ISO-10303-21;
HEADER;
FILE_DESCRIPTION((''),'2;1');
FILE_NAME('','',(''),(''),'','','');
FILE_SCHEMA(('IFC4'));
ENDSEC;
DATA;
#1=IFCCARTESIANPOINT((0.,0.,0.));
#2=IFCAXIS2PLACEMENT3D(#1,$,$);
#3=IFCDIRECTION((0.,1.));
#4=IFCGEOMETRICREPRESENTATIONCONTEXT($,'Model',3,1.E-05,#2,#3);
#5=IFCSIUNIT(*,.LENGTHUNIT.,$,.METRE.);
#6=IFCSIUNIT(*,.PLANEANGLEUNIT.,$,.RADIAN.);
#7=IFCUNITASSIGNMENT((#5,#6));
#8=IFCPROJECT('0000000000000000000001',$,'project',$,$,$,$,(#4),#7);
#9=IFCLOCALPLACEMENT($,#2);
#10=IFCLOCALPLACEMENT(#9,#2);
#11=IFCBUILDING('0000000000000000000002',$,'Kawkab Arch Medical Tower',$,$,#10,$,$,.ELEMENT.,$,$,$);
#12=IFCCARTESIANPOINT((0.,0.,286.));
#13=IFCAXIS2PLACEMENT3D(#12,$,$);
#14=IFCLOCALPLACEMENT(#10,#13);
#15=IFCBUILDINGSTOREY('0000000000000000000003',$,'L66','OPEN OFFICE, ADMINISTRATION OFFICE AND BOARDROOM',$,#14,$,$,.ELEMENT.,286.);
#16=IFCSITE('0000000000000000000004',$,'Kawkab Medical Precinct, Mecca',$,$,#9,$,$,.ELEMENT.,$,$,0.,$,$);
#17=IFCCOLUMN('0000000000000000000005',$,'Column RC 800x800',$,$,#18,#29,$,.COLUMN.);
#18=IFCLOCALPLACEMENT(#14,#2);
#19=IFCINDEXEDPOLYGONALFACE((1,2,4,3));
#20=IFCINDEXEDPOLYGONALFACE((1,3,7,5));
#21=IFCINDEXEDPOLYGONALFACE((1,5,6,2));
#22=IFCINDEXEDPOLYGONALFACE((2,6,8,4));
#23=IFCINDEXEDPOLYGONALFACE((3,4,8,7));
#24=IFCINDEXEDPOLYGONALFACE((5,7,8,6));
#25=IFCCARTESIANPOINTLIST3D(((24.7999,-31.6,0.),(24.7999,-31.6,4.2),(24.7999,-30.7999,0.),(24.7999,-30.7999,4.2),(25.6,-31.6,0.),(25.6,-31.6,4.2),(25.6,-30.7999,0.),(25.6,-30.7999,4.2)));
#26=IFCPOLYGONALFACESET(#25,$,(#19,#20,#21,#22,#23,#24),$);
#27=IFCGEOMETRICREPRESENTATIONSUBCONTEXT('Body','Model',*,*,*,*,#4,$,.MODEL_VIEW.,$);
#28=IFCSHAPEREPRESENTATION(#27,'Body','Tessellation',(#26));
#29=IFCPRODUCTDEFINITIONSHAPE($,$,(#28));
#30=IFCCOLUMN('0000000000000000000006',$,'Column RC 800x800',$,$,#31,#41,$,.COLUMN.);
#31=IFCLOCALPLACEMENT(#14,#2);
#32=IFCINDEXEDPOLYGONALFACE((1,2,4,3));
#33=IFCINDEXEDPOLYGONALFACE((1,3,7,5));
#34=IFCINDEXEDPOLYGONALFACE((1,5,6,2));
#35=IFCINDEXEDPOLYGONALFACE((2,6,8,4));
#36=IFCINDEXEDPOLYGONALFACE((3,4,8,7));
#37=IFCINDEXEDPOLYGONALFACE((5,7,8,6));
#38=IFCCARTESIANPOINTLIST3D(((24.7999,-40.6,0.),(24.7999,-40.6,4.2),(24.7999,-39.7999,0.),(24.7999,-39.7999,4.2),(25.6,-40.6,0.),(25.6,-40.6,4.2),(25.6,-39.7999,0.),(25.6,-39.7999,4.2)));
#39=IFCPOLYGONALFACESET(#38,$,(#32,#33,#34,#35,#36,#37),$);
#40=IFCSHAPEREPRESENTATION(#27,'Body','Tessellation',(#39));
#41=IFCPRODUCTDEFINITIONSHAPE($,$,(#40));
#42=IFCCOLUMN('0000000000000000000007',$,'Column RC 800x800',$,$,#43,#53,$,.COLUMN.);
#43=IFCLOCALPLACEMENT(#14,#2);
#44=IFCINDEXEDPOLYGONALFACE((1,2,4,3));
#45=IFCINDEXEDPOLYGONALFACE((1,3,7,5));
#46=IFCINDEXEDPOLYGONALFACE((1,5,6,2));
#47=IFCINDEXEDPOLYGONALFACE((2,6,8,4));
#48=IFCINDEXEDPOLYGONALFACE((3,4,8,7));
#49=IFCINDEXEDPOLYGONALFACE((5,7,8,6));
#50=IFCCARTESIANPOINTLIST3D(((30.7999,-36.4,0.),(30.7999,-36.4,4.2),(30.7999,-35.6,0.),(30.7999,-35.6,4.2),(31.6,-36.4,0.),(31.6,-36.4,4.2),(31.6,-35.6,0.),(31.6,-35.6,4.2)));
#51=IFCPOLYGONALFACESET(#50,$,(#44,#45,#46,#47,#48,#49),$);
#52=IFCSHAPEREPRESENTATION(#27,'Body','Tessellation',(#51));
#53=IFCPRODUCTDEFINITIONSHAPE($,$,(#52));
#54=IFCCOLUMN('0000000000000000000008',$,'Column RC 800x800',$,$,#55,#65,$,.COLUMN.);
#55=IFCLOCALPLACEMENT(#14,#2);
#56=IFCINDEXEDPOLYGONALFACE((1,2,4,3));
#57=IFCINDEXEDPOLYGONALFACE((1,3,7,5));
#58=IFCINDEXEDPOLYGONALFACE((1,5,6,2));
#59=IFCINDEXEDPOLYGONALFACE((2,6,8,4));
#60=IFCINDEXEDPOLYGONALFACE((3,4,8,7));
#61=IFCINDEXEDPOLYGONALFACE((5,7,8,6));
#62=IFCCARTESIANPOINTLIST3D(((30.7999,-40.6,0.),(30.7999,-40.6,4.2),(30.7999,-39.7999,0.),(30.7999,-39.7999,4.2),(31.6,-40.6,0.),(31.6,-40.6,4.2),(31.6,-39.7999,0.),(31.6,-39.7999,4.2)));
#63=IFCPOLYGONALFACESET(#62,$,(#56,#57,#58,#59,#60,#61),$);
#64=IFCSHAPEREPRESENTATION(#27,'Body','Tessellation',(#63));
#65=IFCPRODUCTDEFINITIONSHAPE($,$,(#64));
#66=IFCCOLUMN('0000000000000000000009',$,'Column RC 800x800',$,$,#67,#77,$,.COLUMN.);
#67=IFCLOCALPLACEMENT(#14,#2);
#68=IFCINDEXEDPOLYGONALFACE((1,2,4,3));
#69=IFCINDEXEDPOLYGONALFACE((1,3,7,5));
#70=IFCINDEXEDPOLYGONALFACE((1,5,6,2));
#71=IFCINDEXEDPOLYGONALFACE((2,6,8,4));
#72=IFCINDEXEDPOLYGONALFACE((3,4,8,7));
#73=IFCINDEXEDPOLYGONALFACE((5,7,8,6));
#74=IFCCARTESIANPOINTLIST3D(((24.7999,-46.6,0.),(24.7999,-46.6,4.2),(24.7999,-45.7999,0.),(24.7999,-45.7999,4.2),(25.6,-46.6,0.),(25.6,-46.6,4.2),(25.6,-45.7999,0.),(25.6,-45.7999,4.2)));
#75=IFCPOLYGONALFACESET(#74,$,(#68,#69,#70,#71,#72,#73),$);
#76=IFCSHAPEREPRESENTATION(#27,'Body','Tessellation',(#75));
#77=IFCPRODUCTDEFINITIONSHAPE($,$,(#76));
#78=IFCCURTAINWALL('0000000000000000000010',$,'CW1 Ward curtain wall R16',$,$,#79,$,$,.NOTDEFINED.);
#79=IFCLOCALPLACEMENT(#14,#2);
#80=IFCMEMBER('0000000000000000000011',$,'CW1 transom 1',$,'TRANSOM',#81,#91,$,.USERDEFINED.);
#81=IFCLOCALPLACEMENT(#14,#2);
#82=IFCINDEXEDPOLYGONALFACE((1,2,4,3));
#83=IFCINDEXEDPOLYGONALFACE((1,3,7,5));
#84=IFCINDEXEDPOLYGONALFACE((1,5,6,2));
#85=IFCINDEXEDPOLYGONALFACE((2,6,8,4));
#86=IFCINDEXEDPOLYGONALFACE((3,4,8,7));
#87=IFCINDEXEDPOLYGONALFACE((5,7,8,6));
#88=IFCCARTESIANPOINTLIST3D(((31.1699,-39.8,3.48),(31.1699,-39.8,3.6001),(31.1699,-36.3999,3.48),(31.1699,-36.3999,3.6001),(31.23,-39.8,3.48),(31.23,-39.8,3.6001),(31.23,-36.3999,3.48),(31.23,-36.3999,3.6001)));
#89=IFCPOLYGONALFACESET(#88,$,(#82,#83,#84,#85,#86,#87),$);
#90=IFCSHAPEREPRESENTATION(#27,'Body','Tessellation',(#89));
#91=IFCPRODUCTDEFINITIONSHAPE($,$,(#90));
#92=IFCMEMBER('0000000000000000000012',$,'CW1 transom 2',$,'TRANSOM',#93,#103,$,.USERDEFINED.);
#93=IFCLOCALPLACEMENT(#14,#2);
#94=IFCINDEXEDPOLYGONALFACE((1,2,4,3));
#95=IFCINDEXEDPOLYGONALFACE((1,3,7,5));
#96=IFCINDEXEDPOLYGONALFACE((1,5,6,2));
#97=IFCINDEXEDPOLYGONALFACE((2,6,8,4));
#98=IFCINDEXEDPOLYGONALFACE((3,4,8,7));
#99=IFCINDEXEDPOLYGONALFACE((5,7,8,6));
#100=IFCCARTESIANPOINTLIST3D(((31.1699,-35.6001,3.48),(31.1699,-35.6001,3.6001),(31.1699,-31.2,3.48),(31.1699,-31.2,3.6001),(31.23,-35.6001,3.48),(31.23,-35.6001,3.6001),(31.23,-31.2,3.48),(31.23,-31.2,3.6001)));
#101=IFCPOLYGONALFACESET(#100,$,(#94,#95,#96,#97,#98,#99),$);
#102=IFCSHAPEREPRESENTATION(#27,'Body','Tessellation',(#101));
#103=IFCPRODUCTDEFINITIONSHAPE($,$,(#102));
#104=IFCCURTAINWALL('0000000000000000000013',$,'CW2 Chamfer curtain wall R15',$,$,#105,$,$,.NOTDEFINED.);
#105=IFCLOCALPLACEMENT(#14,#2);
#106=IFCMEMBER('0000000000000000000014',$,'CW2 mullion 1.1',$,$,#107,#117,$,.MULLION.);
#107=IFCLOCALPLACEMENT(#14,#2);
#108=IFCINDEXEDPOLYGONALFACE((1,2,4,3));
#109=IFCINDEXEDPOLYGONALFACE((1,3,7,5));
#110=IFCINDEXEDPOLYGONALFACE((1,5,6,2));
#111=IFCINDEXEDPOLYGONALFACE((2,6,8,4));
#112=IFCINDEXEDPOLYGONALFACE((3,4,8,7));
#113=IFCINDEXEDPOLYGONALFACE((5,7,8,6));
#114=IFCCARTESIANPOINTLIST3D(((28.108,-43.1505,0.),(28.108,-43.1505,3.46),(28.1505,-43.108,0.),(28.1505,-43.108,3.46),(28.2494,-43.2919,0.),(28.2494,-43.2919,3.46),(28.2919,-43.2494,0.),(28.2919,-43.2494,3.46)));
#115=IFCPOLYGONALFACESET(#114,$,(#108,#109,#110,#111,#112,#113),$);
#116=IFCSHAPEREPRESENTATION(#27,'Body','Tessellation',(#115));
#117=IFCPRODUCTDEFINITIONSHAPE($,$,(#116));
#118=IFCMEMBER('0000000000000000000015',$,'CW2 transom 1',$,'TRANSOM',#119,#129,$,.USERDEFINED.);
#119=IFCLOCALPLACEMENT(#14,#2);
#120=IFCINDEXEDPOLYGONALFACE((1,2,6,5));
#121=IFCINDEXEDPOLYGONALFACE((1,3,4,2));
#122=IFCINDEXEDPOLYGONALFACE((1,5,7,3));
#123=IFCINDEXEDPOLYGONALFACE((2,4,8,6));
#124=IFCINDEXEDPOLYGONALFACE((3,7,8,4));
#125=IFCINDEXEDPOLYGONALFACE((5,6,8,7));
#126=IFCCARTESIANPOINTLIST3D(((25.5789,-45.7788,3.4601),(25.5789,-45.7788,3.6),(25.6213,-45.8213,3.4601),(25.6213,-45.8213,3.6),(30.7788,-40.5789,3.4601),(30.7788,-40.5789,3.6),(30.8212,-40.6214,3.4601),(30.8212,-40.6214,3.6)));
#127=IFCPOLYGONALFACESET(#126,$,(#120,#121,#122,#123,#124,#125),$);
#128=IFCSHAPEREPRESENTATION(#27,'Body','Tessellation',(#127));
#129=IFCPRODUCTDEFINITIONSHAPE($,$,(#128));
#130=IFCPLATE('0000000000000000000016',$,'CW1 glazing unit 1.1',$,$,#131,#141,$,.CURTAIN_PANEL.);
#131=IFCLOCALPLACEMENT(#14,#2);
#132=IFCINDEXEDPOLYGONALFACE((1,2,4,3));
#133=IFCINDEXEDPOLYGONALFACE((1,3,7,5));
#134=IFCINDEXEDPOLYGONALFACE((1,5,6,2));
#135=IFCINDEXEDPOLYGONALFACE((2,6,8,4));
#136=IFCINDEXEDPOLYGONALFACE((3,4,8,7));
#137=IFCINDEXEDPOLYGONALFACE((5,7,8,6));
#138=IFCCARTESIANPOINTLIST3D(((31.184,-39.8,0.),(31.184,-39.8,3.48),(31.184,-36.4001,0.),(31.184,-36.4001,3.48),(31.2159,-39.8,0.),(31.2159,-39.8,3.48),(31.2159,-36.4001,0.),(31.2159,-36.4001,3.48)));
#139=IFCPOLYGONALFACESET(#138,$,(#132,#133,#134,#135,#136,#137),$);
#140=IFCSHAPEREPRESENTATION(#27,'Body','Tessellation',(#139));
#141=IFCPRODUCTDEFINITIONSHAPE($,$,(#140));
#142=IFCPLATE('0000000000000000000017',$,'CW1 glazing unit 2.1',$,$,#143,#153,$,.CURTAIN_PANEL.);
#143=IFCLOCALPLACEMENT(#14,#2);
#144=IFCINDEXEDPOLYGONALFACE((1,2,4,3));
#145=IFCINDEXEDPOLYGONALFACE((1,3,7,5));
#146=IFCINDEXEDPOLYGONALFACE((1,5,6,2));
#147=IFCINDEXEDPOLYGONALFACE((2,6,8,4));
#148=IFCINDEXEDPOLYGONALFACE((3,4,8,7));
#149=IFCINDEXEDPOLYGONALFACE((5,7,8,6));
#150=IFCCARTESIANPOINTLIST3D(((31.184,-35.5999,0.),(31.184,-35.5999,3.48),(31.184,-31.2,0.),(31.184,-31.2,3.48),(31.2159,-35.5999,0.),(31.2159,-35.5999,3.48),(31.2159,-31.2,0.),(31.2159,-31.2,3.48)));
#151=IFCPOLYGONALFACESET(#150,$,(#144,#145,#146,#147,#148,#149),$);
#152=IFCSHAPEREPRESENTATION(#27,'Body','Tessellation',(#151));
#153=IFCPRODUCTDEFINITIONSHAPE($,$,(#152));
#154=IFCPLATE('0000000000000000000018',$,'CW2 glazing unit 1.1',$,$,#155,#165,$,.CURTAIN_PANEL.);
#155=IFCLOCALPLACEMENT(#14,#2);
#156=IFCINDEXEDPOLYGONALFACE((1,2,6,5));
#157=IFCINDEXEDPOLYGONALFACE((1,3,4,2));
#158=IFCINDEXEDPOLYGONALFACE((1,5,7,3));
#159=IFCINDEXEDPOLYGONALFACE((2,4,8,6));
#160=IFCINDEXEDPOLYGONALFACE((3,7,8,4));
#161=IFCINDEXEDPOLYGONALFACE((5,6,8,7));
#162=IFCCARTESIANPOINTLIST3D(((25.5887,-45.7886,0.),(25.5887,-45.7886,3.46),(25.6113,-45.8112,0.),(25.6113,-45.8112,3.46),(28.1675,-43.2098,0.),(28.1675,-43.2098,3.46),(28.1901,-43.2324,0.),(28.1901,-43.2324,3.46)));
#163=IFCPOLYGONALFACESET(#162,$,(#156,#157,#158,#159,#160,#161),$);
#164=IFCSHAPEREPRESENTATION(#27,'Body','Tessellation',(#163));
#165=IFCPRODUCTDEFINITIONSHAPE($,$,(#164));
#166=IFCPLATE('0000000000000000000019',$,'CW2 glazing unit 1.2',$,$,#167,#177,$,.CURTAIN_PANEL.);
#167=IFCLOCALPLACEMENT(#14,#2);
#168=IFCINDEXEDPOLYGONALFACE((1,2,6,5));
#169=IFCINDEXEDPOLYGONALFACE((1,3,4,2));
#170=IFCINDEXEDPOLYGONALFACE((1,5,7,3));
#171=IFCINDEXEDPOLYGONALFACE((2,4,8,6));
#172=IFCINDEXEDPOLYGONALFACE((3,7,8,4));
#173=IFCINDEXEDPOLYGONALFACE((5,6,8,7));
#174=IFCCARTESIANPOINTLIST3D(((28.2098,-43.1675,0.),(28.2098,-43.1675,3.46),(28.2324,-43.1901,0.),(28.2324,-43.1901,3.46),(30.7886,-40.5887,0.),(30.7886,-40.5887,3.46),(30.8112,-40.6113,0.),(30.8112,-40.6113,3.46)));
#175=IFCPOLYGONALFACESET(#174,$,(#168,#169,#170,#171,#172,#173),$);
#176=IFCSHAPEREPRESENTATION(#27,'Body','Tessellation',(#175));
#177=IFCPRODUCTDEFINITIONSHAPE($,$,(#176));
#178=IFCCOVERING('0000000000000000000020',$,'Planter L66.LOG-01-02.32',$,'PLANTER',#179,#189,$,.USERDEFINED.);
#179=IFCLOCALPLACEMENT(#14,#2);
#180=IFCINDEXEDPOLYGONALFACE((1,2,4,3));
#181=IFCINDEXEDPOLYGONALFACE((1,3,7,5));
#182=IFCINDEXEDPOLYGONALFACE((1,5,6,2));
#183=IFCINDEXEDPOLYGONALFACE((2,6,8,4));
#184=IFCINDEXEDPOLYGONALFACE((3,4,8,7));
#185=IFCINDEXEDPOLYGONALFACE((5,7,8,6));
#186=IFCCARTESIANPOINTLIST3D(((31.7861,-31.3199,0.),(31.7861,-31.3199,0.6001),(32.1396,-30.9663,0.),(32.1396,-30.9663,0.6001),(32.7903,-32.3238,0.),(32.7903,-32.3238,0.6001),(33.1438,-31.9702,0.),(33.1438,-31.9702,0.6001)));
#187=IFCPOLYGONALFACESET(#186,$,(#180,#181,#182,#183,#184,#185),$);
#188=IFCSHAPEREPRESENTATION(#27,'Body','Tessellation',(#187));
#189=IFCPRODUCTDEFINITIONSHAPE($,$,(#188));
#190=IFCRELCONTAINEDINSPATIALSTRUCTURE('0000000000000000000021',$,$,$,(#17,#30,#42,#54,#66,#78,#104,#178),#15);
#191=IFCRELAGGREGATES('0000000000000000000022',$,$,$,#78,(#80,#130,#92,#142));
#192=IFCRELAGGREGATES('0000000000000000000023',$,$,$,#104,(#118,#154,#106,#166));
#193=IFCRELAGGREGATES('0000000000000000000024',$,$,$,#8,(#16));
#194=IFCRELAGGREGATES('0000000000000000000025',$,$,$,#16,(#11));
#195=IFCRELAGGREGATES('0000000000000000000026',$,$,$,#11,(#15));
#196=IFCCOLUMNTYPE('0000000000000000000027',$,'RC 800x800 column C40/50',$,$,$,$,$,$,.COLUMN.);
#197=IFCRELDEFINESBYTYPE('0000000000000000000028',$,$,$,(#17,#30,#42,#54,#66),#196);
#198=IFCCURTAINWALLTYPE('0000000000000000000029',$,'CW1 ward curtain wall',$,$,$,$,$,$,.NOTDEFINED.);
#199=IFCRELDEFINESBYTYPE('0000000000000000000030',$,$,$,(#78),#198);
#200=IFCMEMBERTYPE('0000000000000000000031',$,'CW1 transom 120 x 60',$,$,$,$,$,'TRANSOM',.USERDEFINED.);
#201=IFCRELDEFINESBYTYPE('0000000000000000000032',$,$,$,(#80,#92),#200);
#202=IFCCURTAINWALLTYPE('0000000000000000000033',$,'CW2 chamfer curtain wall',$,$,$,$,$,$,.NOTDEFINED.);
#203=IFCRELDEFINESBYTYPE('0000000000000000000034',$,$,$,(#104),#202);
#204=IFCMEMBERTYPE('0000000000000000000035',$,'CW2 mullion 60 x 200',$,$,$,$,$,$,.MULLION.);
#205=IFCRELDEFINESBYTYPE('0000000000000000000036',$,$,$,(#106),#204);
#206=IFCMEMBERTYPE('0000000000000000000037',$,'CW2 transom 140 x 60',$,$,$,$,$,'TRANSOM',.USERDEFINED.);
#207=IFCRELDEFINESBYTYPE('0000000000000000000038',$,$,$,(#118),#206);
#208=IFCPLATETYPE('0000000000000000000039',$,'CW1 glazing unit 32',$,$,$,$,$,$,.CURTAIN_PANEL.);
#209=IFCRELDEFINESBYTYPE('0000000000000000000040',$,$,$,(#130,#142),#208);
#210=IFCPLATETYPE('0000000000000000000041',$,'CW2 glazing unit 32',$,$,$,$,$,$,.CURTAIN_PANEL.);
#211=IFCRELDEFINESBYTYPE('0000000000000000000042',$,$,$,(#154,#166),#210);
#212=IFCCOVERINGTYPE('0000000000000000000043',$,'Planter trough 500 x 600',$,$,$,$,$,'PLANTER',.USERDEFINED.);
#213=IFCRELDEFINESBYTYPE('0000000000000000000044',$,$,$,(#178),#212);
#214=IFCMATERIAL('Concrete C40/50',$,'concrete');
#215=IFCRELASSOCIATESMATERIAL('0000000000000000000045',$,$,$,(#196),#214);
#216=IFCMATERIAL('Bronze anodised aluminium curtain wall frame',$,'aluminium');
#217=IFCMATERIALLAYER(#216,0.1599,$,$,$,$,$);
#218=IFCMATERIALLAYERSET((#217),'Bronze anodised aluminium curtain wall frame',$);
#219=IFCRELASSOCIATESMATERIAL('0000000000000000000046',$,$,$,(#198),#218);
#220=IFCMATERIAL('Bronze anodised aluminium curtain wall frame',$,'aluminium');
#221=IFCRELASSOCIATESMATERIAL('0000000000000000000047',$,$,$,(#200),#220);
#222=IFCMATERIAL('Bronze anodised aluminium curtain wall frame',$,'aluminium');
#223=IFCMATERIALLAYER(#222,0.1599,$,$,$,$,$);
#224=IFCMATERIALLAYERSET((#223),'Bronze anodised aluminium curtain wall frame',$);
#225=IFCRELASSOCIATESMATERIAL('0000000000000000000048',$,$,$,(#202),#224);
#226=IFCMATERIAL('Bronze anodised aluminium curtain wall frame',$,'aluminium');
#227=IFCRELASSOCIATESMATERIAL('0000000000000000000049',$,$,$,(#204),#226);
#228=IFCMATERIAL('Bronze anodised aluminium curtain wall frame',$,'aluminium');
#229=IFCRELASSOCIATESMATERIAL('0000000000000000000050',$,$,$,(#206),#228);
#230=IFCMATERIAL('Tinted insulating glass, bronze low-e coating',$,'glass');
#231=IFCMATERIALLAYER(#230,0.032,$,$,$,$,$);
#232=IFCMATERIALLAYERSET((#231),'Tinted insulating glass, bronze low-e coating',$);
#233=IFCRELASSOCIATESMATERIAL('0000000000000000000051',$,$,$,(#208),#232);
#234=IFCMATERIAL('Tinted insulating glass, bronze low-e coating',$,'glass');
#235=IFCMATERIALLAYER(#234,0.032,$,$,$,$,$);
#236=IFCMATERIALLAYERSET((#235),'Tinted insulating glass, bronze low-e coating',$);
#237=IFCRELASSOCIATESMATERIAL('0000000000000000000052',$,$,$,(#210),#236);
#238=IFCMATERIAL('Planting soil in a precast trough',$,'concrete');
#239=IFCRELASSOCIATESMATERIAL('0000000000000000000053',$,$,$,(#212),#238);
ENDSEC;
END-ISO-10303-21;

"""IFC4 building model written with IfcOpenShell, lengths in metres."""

from ifc_helpers import new_model, si_unit, direction, frame, origin, origin_2d, place, context, subcontext, project, spatial, rectangle, extrude, material, layer, layer_set, material_profile, profile_set, type_object, element, aggregate, save


model = new_model("IFC4")

# Units and contexts
model_context = context("Model", 3, precision=1e-05, world=origin(), true_north=direction((0.0, 1.0)))
body_context = subcontext(model_context, "Body", "Model", "MODEL_VIEW")
ifc_project = project(units=[si_unit("LENGTHUNIT", "METRE"), si_unit("PLANEANGLEUNIT", "RADIAN")], contexts=[model_context])

# Site, building, storey
site_placement = place(None, origin())
site = spatial("IfcSite", under=ifc_project, at=site_placement, Name="Kawkab Medical Precinct, Mecca", CompositionType="ELEMENT", RefElevation=0.0)
building_placement = place(site_placement, origin())
building = spatial("IfcBuilding", under=site, at=building_placement, Name="Kawkab Arch Medical Tower", CompositionType="ELEMENT")
storey_placement = place(building_placement, frame((0.0, 0.0, 286.0)))
storey = spatial("IfcBuildingStorey", under=building, at=storey_placement, Name="L66", Description="OPEN OFFICE, ADMINISTRATION OFFICE AND BOARDROOM", CompositionType="ELEMENT", Elevation=286.0)

# Columns
ifc_material_1 = material(Name="Concrete C40/50", Category="concrete")
ifc_material_profile_1 = material_profile(ifc_material_1, rectangle(XDim=0.8, YDim=0.8, at=origin_2d()), Name="RC 800x800")
ifc_profile_set_1 = profile_set([ifc_material_profile_1], Name="Concrete C40/50")
column_type = type_object("IfcColumnType", Name="RC 800x800 column C40/50", PredefinedType="COLUMN", material=ifc_profile_set_1)
for number, where, z_axis, x_axis, name in (
    (1, (25.2, -31.2, 0.0), (0.0, 0.0, 1.0), (1.0, 0.0, 0.0), "Column RC 800x800"),
    (2, (25.2, -40.2, 0.0), (0.0, 0.0, 1.0), (1.0, 0.0, 0.0), "Column RC 800x800"),
    (3, (31.2, -36.0, 0.0), (0.0, 0.0, 1.0), (1.0, 0.0, 0.0), "Column RC 800x800"),
    (4, (31.2, -40.2, 0.0), (0.0, 0.0, 1.0), (1.0, 0.0, 0.0), "Column RC 800x800"),
    (5, (25.2, -46.2, 0.0), (0.0, 0.0, 1.0), (1.0, 0.0, 0.0), "Column RC 800x800"),
):
    element("IfcColumn", number, at=place(storey_placement, frame(where, z_axis=z_axis, x_axis=x_axis)), inside=storey, type_object=column_type, Name=name, PredefinedType="COLUMN", context=body_context, shape_type="SweptSolid", body=[
        extrude(rectangle(XDim=0.8, YDim=0.8, at=origin_2d()), origin(), (0.0, 0.0, 1.0), 4.2),
    ])

# Curtain walls, members
ifc_material_2 = material(Name="Bronze anodised aluminium curtain wall frame", Category="aluminium")
ifc_layer_1 = layer(ifc_material_2, 0.1599)
ifc_layer_set_1 = layer_set([ifc_layer_1], Name="Bronze anodised aluminium curtain wall frame")
curtain_wall_type_1 = type_object("IfcCurtainWallType", Name="CW1 ward curtain wall", PredefinedType="NOTDEFINED", material=ifc_layer_set_1)
placement = place(storey_placement, origin())
curtain_wall_1 = element("IfcCurtainWall", 6, at=placement, inside=storey, type_object=curtain_wall_type_1, Name="CW1 Ward curtain wall R16", PredefinedType="NOTDEFINED")
ifc_material_3 = material(Name="Bronze anodised aluminium curtain wall frame", Category="aluminium")
ifc_material_profile_2 = material_profile(ifc_material_3, rectangle(XDim=0.0601, YDim=0.1201, at=origin_2d()), Name="AL 60x120")
ifc_profile_set_2 = profile_set([ifc_material_profile_2], Name="Bronze anodised aluminium curtain wall frame")
member_type_1 = type_object("IfcMemberType", Name="CW1 transom 120 x 60", ElementType="TRANSOM", PredefinedType="USERDEFINED", material=ifc_profile_set_2)
member_1_placement = place(storey_placement, frame((31.2, -39.8, 3.54), z_axis=(0.0, 1.0, 0.0), x_axis=(-1.0, 0.0, 0.0)))
member_1 = element("IfcMember", 7, at=member_1_placement, type_object=member_type_1, Name="CW1 transom 1", ObjectType="TRANSOM", PredefinedType="USERDEFINED", context=body_context, shape_type="SweptSolid", body=[
    extrude(rectangle(XDim=0.0601, YDim=0.1201, at=origin_2d()), origin(), (0.0, 0.0, 1.0), 3.4001),
])
member_2_placement = place(storey_placement, frame((31.2, -35.6001, 3.54), z_axis=(0.0, 1.0, 0.0), x_axis=(-1.0, 0.0, 0.0)))
member_2 = element("IfcMember", 8, at=member_2_placement, type_object=member_type_1, Name="CW1 transom 2", ObjectType="TRANSOM", PredefinedType="USERDEFINED", context=body_context, shape_type="SweptSolid", body=[
    extrude(rectangle(XDim=0.0601, YDim=0.1201, at=origin_2d()), origin(), (0.0, 0.0, 1.0), 4.4001),
])
ifc_material_4 = material(Name="Bronze anodised aluminium curtain wall frame", Category="aluminium")
ifc_layer_2 = layer(ifc_material_4, 0.1599)
ifc_layer_set_2 = layer_set([ifc_layer_2], Name="Bronze anodised aluminium curtain wall frame")
curtain_wall_type_2 = type_object("IfcCurtainWallType", Name="CW2 chamfer curtain wall", PredefinedType="NOTDEFINED", material=ifc_layer_set_2)
curtain_wall_2 = element("IfcCurtainWall", 9, at=placement, inside=storey, type_object=curtain_wall_type_2, Name="CW2 Chamfer curtain wall R15", PredefinedType="NOTDEFINED")
ifc_material_5 = material(Name="Bronze anodised aluminium curtain wall frame", Category="aluminium")
ifc_material_profile_3 = material_profile(ifc_material_5, rectangle(XDim=0.2, YDim=0.0601, at=origin_2d()), Name="AL 60x200")
ifc_profile_set_3 = profile_set([ifc_material_profile_3], Name="Bronze anodised aluminium curtain wall frame")
member_type_2 = type_object("IfcMemberType", Name="CW2 mullion 60 x 200", PredefinedType="MULLION", material=ifc_profile_set_3)
member_3_placement = place(storey_placement, frame((28.2, -43.2, 0.0), z_axis=(0.0, 0.0, 1.0), x_axis=(-0.707107, 0.707107, 0.0)))
member_3 = element("IfcMember", 10, at=member_3_placement, type_object=member_type_2, Name="CW2 mullion 1.1", PredefinedType="MULLION", context=body_context, shape_type="SweptSolid", body=[
    extrude(rectangle(XDim=0.2, YDim=0.0601, at=origin_2d()), origin(), (0.0, 0.0, 1.0), 3.46),
])
ifc_material_6 = material(Name="Bronze anodised aluminium curtain wall frame", Category="aluminium")
ifc_material_profile_4 = material_profile(ifc_material_6, rectangle(XDim=0.0601, YDim=0.1399, at=origin_2d()), Name="AL 60x140")
ifc_profile_set_4 = profile_set([ifc_material_profile_4], Name="Bronze anodised aluminium curtain wall frame")
member_type_3 = type_object("IfcMemberType", Name="CW2 transom 140 x 60", ElementType="TRANSOM", PredefinedType="USERDEFINED", material=ifc_profile_set_4)
member_4_placement = place(storey_placement, frame((25.6001, -45.8, 3.53), z_axis=(0.707107, 0.707107, 0.0), x_axis=(-0.707107, 0.707107, 0.0)))
member_4 = element("IfcMember", 11, at=member_4_placement, type_object=member_type_3, Name="CW2 transom 1", ObjectType="TRANSOM", PredefinedType="USERDEFINED", context=body_context, shape_type="SweptSolid", body=[
    extrude(rectangle(XDim=0.0601, YDim=0.1399, at=origin_2d()), origin(), (0.0, 0.0, 1.0), 7.3538),
])

# Plates
ifc_material_7 = material(Name="Tinted insulating glass, bronze low-e coating", Category="glass")
ifc_layer_3 = layer(ifc_material_7, 0.032)
ifc_layer_set_3 = layer_set([ifc_layer_3], Name="Tinted insulating glass, bronze low-e coating")
plate_type_1 = type_object("IfcPlateType", Name="CW1 glazing unit 32", PredefinedType="CURTAIN_PANEL", material=ifc_layer_set_3)
plate_1_placement = place(storey_placement, frame((31.2, -38.1001, 0.0), z_axis=(0.0, 0.0, 1.0), x_axis=(0.0, 1.0, 0.0)))
plate_1 = element("IfcPlate", 12, at=plate_1_placement, type_object=plate_type_1, Name="CW1 glazing unit 1.1", PredefinedType="CURTAIN_PANEL", context=body_context, shape_type="SweptSolid", body=[
    extrude(rectangle(XDim=3.3999, YDim=0.032, at=origin_2d()), origin(), (0.0, 0.0, 1.0), 3.48),
])
plate_2_placement = place(storey_placement, frame((31.2, -33.3999, 0.0), z_axis=(0.0, 0.0, 1.0), x_axis=(0.0, 1.0, 0.0)))
plate_2 = element("IfcPlate", 13, at=plate_2_placement, type_object=plate_type_1, Name="CW1 glazing unit 2.1", PredefinedType="CURTAIN_PANEL", context=body_context, shape_type="SweptSolid", body=[
    extrude(rectangle(XDim=4.3999, YDim=0.032, at=origin_2d()), origin(), (0.0, 0.0, 1.0), 3.48),
])
aggregate(curtain_wall_1, [member_1, plate_1, member_2, plate_2])
ifc_material_8 = material(Name="Tinted insulating glass, bronze low-e coating", Category="glass")
ifc_layer_4 = layer(ifc_material_8, 0.032)
ifc_layer_set_4 = layer_set([ifc_layer_4], Name="Tinted insulating glass, bronze low-e coating")
plate_type_2 = type_object("IfcPlateType", Name="CW2 glazing unit 32", PredefinedType="CURTAIN_PANEL", material=ifc_layer_set_4)
plate_3_placement = place(storey_placement, frame((26.8894, -44.5105, 0.0), z_axis=(0.0, 0.0, 1.0), x_axis=(0.707107, 0.707107, 0.0)))
plate_3 = element("IfcPlate", 14, at=plate_3_placement, type_object=plate_type_2, Name="CW2 glazing unit 1.1", PredefinedType="CURTAIN_PANEL", context=body_context, shape_type="SweptSolid", body=[
    extrude(rectangle(XDim=3.647, YDim=0.032, at=origin_2d()), origin(), (0.0, 0.0, 1.0), 3.46),
])
plate_4_placement = place(storey_placement, frame((29.5105, -41.8894, 0.0), z_axis=(0.0, 0.0, 1.0), x_axis=(0.707107, 0.707107, 0.0)))
plate_4 = element("IfcPlate", 15, at=plate_4_placement, type_object=plate_type_2, Name="CW2 glazing unit 1.2", PredefinedType="CURTAIN_PANEL", context=body_context, shape_type="SweptSolid", body=[
    extrude(rectangle(XDim=3.647, YDim=0.032, at=origin_2d()), origin(), (0.0, 0.0, 1.0), 3.46),
])
aggregate(curtain_wall_2, [member_4, plate_3, member_3, plate_4])

# Covering
ifc_material_9 = material(Name="Planting soil in a precast trough", Category="concrete")
ifc_material_profile_5 = material_profile(ifc_material_9, rectangle(XDim=0.5, YDim=0.6001, at=origin_2d()), Name="Trough 500x600")
ifc_profile_set_5 = profile_set([ifc_material_profile_5], Name="Planting soil in a precast trough")
covering_type = type_object("IfcCoveringType", Name="Planter trough 500 x 600", ElementType="PLANTER", PredefinedType="USERDEFINED", material=ifc_profile_set_5)
covering_1_placement = place(storey_placement, frame((32.967, -32.147, 0.3), z_axis=(-0.707193, 0.707021, 0.0), x_axis=(-0.707021, -0.707193, 0.0)))
element("IfcCovering", 16, at=covering_1_placement, inside=storey, type_object=covering_type, Name="Planter L66.LOG-01-02.32", ObjectType="PLANTER", PredefinedType="USERDEFINED", context=body_context, shape_type="SweptSolid", body=[
    extrude(rectangle(XDim=0.5, YDim=0.6001, at=origin_2d()), origin(), (0.0, 0.0, 1.0), 1.4199),
])

save(model, "model.ifc")
